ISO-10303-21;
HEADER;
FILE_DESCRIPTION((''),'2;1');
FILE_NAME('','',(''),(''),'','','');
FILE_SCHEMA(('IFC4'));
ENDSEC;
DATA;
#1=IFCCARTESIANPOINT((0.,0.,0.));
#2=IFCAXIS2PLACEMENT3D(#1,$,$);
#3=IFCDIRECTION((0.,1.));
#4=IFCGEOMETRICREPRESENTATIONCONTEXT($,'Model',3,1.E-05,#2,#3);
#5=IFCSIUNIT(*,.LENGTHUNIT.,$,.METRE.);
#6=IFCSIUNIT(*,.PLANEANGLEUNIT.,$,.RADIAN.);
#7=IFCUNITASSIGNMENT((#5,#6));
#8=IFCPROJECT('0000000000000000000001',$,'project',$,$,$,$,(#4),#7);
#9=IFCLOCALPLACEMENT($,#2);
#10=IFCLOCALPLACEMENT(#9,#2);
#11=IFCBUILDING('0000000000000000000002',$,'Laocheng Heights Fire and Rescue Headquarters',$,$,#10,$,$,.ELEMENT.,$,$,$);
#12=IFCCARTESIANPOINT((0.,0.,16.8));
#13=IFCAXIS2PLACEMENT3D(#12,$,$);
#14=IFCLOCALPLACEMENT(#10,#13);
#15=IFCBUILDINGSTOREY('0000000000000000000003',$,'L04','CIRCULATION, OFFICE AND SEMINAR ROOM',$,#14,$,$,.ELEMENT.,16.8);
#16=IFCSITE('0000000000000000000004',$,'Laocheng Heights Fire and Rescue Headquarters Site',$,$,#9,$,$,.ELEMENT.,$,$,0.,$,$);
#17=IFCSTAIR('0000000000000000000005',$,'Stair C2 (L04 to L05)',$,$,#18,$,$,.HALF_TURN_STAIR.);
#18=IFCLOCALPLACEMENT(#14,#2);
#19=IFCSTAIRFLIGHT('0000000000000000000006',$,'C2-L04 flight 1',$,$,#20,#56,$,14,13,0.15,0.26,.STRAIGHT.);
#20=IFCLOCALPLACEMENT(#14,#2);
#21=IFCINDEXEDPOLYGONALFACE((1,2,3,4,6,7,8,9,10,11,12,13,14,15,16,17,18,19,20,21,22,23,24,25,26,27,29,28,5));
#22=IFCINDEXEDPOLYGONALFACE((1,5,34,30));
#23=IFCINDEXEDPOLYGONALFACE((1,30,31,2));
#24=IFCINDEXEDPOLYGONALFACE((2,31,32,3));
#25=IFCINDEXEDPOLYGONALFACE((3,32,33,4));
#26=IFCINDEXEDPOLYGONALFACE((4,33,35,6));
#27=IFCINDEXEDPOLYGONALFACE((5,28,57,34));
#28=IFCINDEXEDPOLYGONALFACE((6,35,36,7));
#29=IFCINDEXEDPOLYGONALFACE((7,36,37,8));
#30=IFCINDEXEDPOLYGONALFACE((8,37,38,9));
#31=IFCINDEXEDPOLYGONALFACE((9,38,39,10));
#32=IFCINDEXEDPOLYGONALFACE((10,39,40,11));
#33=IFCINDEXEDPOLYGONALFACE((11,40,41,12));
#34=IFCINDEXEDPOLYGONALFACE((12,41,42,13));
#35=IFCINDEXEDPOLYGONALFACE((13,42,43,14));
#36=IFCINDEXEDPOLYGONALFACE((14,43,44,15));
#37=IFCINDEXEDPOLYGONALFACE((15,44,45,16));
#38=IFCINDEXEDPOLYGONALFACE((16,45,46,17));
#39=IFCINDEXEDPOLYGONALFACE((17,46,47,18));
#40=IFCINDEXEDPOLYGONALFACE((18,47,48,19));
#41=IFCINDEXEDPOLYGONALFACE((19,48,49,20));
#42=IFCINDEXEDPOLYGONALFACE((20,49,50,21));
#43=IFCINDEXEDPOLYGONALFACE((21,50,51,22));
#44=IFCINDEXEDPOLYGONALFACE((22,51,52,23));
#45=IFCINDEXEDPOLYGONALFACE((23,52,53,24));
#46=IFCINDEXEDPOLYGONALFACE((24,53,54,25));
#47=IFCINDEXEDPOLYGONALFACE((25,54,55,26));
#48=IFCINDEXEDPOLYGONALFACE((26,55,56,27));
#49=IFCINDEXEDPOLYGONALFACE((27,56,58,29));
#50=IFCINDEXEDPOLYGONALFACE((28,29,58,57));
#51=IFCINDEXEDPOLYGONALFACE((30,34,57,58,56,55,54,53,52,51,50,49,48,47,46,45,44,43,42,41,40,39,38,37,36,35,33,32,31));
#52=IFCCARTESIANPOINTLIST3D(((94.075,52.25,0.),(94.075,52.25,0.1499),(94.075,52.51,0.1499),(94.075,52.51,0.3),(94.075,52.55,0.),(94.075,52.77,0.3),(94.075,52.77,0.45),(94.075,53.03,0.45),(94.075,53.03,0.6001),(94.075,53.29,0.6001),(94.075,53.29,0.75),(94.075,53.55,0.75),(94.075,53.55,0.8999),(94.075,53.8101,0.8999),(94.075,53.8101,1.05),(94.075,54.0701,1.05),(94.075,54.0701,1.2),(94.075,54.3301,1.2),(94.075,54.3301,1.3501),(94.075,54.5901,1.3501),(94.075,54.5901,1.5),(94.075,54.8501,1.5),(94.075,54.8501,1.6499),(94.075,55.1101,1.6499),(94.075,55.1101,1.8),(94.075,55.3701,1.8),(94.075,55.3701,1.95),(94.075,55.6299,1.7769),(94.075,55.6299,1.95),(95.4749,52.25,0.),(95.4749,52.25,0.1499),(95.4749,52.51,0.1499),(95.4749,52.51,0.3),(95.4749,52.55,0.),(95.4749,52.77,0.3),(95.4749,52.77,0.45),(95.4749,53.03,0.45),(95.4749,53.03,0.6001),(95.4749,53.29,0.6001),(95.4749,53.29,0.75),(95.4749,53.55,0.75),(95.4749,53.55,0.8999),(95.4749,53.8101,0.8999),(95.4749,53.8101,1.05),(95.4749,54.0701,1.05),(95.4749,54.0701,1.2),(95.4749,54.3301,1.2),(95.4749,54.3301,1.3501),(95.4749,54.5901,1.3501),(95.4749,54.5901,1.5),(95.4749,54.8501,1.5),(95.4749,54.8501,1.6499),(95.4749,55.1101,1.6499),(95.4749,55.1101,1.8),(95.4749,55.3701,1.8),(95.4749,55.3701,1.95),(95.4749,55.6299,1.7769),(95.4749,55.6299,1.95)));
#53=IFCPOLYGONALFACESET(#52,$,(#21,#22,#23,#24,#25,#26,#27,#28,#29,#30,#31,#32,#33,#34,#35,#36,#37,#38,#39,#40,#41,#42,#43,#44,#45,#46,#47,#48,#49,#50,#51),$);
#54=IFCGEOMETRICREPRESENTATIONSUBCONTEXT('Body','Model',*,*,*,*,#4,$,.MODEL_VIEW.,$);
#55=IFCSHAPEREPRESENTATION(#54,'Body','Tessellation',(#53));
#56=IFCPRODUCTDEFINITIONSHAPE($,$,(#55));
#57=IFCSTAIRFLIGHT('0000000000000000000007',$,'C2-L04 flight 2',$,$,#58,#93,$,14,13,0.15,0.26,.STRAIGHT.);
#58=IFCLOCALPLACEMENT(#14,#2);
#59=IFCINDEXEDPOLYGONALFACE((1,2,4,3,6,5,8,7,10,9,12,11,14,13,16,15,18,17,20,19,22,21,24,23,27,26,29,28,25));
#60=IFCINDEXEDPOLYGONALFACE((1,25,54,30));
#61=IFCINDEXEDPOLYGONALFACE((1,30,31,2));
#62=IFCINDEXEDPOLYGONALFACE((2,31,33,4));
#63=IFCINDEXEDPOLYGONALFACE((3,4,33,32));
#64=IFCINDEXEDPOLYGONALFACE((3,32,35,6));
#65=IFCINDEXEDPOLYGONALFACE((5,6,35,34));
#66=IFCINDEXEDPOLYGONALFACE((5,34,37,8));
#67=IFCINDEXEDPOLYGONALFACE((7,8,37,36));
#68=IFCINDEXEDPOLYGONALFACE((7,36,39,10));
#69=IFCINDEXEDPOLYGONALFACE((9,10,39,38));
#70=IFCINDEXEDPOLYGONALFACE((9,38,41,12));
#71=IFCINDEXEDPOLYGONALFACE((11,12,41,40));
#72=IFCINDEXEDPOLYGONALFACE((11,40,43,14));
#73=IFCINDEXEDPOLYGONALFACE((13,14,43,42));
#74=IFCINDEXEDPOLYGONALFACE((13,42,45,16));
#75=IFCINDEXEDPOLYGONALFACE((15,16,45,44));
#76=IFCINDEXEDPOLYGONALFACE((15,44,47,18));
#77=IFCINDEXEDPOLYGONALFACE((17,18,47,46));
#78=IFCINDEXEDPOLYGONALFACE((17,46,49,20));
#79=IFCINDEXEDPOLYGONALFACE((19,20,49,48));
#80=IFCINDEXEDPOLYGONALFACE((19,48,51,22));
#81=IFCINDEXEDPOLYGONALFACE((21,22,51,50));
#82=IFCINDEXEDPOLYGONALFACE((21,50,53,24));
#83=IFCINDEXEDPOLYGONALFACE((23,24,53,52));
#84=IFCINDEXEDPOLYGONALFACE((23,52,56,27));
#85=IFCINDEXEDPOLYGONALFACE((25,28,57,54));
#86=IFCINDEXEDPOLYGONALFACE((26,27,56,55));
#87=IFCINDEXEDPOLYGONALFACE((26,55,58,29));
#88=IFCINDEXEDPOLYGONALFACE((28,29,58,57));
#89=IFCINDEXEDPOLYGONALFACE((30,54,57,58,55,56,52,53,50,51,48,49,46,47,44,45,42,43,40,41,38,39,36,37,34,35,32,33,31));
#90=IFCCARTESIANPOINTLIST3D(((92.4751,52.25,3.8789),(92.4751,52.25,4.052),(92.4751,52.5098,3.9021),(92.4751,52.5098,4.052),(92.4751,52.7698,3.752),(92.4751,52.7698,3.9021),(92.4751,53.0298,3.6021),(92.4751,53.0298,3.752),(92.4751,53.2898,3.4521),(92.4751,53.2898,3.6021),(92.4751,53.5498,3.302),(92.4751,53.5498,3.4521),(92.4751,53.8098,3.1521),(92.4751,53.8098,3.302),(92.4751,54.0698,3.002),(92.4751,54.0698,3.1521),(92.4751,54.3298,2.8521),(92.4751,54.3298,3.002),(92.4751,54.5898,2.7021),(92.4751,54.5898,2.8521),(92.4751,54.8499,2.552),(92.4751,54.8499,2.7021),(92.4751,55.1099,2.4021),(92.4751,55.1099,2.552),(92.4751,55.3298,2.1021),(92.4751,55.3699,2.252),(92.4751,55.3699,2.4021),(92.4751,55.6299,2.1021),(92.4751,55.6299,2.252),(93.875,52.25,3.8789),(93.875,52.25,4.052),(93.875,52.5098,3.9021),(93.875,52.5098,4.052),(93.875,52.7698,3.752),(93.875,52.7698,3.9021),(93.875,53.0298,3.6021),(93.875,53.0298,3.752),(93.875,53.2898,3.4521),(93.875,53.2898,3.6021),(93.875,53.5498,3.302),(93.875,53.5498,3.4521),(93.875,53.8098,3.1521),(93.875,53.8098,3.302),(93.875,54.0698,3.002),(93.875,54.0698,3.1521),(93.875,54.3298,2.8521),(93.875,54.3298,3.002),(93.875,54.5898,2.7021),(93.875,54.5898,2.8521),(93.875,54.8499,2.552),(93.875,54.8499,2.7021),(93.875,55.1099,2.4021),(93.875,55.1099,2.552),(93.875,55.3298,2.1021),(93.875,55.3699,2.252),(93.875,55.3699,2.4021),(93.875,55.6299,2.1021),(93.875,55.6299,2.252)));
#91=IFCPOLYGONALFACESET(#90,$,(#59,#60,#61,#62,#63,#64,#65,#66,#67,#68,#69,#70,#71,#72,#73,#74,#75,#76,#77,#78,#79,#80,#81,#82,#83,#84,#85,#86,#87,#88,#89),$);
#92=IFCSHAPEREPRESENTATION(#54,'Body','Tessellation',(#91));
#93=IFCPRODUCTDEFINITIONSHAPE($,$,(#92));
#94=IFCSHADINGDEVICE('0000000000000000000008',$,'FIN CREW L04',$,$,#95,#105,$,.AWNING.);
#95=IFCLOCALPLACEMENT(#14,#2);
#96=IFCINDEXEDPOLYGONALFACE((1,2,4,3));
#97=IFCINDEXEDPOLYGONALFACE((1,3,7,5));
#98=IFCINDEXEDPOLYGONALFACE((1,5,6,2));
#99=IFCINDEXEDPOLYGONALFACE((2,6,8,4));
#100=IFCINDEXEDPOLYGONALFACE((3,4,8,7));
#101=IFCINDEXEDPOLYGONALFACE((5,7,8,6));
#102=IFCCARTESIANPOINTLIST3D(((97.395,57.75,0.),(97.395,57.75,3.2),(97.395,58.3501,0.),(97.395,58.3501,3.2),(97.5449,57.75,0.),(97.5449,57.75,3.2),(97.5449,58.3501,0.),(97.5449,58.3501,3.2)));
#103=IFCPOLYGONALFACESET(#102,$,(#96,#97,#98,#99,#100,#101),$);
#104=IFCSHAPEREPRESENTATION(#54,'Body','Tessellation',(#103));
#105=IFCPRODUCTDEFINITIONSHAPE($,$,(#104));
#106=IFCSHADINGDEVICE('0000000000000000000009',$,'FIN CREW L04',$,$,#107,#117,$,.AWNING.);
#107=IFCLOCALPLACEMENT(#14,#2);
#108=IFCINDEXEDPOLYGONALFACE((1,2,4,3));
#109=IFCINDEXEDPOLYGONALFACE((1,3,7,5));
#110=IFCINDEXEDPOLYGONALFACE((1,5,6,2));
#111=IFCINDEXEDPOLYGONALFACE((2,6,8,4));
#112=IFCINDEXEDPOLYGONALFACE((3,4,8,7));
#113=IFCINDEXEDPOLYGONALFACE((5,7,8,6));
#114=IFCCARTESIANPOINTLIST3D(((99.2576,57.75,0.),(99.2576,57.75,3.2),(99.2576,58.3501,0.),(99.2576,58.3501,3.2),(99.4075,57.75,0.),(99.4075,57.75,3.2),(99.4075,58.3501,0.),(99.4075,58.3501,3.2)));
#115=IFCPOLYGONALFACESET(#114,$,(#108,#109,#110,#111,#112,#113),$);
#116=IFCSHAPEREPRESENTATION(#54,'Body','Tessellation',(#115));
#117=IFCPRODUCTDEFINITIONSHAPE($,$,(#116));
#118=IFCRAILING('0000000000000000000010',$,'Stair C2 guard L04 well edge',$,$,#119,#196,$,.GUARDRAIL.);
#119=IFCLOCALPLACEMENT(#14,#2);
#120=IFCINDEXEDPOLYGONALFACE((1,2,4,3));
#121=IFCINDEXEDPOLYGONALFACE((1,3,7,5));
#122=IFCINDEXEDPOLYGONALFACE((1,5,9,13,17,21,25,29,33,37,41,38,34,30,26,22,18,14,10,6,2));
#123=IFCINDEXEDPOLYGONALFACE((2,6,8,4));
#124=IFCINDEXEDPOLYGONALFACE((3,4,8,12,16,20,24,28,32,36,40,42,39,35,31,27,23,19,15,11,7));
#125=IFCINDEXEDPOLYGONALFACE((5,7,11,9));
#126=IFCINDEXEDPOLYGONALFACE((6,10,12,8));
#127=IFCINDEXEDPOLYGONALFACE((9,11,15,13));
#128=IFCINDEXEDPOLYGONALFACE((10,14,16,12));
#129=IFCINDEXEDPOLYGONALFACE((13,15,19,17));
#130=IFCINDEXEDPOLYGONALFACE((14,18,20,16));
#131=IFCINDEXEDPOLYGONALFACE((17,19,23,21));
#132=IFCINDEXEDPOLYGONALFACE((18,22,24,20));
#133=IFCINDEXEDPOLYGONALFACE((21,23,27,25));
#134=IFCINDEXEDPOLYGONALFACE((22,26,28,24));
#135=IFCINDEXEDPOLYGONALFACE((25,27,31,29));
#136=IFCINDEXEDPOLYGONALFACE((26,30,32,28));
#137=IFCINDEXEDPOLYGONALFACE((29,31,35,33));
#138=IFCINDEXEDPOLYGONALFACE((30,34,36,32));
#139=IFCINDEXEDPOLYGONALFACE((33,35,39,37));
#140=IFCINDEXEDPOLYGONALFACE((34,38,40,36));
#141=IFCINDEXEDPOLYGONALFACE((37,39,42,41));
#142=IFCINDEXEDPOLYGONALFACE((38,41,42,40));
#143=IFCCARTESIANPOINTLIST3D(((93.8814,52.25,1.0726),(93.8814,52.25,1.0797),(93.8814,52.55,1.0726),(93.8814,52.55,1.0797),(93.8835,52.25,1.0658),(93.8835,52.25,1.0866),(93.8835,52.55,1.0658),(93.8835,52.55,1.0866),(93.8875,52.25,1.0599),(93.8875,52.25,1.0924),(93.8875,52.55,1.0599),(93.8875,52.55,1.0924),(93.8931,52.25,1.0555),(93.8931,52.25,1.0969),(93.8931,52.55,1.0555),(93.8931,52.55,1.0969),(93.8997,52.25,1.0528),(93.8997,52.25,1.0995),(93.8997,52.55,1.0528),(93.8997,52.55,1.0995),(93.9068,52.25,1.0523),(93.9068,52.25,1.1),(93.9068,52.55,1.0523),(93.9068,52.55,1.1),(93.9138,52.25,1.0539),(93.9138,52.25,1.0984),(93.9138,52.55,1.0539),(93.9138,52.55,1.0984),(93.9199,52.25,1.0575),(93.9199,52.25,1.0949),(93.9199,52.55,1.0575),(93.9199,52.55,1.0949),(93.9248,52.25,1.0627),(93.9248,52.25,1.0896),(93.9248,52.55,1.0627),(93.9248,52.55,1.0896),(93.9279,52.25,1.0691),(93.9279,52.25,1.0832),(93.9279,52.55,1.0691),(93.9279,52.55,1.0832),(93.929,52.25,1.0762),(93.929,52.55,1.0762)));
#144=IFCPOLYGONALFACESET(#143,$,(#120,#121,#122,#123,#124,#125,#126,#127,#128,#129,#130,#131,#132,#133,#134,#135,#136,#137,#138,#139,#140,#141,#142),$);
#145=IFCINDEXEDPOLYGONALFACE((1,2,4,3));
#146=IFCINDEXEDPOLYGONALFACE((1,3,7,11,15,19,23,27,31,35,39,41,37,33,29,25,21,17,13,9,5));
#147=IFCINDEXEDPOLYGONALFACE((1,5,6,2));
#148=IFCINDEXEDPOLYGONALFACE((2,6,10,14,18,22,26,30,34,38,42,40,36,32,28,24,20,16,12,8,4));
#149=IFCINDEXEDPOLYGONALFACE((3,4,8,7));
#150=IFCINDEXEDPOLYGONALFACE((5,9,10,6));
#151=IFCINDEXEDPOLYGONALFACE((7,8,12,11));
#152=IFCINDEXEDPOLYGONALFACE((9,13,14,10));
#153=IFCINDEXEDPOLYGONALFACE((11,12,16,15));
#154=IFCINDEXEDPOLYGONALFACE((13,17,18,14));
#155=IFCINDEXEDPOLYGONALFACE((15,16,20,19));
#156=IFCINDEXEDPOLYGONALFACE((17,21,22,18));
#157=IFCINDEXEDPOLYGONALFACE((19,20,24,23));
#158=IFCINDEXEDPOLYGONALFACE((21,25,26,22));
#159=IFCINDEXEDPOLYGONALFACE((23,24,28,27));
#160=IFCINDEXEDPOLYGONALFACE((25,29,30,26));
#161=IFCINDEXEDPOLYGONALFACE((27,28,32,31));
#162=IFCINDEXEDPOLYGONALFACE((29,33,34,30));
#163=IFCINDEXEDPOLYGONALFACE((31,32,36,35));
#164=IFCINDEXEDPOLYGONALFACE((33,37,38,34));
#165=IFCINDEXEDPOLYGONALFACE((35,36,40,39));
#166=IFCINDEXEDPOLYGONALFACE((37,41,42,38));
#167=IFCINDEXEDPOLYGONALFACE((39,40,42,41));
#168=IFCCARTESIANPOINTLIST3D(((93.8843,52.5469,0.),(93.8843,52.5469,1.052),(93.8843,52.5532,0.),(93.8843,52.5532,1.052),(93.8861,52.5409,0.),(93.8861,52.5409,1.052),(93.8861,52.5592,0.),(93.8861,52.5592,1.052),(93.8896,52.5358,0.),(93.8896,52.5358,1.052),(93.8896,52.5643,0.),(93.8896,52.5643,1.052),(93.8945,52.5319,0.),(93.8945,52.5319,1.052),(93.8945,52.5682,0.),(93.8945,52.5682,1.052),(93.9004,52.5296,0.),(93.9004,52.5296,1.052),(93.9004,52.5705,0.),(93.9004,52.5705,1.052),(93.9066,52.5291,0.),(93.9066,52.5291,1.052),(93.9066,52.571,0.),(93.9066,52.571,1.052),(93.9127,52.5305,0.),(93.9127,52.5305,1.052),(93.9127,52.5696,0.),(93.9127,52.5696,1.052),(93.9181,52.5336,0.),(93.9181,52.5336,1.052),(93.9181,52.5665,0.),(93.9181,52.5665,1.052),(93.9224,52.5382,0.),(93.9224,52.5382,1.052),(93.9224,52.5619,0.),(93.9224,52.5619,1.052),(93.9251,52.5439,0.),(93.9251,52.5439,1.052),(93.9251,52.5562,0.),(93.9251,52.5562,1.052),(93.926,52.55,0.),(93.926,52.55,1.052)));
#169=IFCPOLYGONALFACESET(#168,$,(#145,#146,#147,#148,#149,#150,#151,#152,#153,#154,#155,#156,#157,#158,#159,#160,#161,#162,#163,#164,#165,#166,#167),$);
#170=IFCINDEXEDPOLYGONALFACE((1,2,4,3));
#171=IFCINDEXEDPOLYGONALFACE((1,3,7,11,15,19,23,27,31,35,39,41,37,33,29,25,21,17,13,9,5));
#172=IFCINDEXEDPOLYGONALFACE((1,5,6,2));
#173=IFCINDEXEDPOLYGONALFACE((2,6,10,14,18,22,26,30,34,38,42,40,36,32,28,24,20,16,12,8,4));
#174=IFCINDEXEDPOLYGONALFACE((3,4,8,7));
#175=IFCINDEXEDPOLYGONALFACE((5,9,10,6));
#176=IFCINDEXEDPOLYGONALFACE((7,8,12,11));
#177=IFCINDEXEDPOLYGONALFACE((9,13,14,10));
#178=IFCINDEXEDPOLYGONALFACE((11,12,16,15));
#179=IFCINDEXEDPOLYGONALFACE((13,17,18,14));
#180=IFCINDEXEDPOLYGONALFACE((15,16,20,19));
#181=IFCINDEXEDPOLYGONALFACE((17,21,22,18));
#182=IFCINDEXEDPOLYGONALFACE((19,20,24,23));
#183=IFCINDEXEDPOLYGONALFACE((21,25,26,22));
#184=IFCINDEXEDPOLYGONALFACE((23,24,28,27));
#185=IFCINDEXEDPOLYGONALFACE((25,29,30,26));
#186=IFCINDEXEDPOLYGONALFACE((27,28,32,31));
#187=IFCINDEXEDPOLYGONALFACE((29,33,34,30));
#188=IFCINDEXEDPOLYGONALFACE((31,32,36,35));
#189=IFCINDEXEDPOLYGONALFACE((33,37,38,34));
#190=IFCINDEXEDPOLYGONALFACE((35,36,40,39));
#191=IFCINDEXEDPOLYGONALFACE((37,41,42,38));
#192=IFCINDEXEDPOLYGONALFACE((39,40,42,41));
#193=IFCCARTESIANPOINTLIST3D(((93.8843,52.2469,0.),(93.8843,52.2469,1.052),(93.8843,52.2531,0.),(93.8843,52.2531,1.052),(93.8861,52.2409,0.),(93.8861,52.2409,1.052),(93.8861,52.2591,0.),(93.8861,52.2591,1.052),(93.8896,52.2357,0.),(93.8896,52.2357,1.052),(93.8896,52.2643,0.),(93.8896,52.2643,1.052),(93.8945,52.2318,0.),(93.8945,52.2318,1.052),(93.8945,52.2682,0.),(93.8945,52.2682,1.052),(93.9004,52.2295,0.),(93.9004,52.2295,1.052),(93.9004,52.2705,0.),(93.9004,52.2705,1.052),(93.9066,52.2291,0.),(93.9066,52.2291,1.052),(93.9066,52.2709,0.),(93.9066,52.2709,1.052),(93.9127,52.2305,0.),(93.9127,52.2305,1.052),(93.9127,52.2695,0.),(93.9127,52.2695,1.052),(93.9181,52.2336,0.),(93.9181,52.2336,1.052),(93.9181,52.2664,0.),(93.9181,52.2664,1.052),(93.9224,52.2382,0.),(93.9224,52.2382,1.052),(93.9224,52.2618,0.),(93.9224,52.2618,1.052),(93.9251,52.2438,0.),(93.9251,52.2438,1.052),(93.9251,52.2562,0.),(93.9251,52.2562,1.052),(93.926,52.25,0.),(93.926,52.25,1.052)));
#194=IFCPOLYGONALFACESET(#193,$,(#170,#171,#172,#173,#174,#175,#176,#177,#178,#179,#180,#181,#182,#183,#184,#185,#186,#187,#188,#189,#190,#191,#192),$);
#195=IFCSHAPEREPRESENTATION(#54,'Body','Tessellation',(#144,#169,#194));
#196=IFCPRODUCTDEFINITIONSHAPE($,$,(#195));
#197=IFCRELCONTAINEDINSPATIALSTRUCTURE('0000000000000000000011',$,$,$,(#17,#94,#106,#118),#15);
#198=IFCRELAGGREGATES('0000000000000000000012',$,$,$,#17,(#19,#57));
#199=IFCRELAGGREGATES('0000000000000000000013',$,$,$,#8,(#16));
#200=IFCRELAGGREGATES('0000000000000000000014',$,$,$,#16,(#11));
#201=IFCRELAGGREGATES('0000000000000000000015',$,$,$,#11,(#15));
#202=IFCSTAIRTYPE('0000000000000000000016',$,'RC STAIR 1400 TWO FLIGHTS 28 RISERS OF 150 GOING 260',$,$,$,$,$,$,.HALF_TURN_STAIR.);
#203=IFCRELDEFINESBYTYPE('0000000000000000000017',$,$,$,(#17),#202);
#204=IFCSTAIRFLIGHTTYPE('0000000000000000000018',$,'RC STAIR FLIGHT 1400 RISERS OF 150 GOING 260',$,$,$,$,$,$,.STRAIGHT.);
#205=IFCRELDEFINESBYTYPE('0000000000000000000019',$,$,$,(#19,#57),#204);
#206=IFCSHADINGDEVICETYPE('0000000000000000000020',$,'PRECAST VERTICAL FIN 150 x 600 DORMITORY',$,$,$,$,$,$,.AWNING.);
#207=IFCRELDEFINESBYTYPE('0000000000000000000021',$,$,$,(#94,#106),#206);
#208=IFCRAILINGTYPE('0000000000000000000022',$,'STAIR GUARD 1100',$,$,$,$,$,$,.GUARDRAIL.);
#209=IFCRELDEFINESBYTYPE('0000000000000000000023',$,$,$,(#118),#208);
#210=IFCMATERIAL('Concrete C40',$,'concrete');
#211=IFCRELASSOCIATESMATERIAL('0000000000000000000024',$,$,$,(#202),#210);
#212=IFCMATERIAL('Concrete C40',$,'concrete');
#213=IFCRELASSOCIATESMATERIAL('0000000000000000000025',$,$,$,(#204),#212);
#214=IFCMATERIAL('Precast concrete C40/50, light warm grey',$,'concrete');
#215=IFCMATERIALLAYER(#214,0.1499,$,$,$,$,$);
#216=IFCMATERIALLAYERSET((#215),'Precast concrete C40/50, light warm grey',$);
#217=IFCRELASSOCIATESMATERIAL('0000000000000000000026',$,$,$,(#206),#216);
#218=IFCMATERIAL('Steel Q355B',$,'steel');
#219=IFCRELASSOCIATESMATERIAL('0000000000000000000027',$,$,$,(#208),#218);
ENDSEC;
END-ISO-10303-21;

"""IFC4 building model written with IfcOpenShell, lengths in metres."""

from ifc_helpers import new_model, si_unit, direction, frame, origin, origin_2d, place, context, subcontext, project, spatial, polyline, rectangle, circle, outline, extrude, material, layer, layer_set, type_object, element, aggregate, save


model = new_model("IFC4")

# Units and contexts
model_context = context("Model", 3, precision=1e-05, world=origin(), true_north=direction((0.0, 1.0)))
body_context = subcontext(model_context, "Body", "Model", "MODEL_VIEW")
ifc_project = project(units=[si_unit("LENGTHUNIT", "METRE"), si_unit("PLANEANGLEUNIT", "RADIAN")], contexts=[model_context])

# Site, building, storey
site_placement = place(None, origin())
site = spatial("IfcSite", under=ifc_project, at=site_placement, Name="Laocheng Heights Fire and Rescue Headquarters Site", CompositionType="ELEMENT", RefElevation=0.0)
building_placement = place(site_placement, origin())
building = spatial("IfcBuilding", under=site, at=building_placement, Name="Laocheng Heights Fire and Rescue Headquarters", CompositionType="ELEMENT")
storey_placement = place(building_placement, frame((0.0, 0.0, 16.8)))
storey = spatial("IfcBuildingStorey", under=building, at=storey_placement, Name="L04", Description="CIRCULATION, OFFICE AND SEMINAR ROOM", CompositionType="ELEMENT", Elevation=16.8)

# Stair, stair flights
ifc_material_1 = material(Name="Concrete C40", Category="concrete")
stair_type = type_object("IfcStairType", Name="RC STAIR 1400 TWO FLIGHTS 28 RISERS OF 150 GOING 260", PredefinedType="HALF_TURN_STAIR", material=ifc_material_1)
stair_placement = place(storey_placement, origin())
stair = element("IfcStair", 1, at=stair_placement, inside=storey, type_object=stair_type, Name="Stair C2 (L04 to L05)", PredefinedType="HALF_TURN_STAIR")
ifc_material_2 = material(Name="Concrete C40", Category="concrete")
stair_flight_type = type_object("IfcStairFlightType", Name="RC STAIR FLIGHT 1400 RISERS OF 150 GOING 260", PredefinedType="STRAIGHT", material=ifc_material_2)
stair_flight_1_placement = place(storey_placement, frame((94.7749, 52.25, 0.0), z_axis=(0.0, 0.0, 1.0), x_axis=(0.0, 1.0, 0.0)))
stair_flight_1 = element("IfcStairFlight", 2, at=stair_flight_1_placement, type_object=stair_flight_type, Name="C2-L04 flight 1", NumberOfRisers=14, NumberOfTreads=13, PredefinedType="STRAIGHT", RiserHeight=0.15, TreadLength=0.26, context=body_context, shape_type="SweptSolid", body=[
    extrude(outline(polyline([(0.0, 0.0), (0.0, 0.1499), (0.26, 0.1499), (0.26, 0.3), (0.52, 0.3), (0.52, 0.45), (0.78, 0.45), (0.78, 0.6001), (1.04, 0.6001), (1.04, 0.75), (1.3, 0.75), (1.3, 0.8999), (1.5601, 0.8999), (1.5601, 1.05), (1.8201, 1.05), (1.8201, 1.2), (2.0801, 1.2), (2.0801, 1.3501), (2.3401, 1.3501), (2.3401, 1.5), (2.6001, 1.5), (2.6001, 1.6499), (2.8601, 1.6499), (2.8601, 1.8), (3.1201, 1.8), (3.1201, 1.95), (3.3799, 1.95), (3.3799, 2.1001), (3.3799, 1.7769), (0.3, 0.0), (0.0, 0.0)])), frame((0.0, 0.7, 0.0), z_axis=(0.0, -1.0, 0.0), x_axis=(1.0, 0.0, 0.0)), (0.0, 0.0, 1.0), 1.3999),
])
stair_flight_2_placement = place(storey_placement, frame((93.175, 55.6299, 2.1021), z_axis=(0.0, 0.0, 1.0), x_axis=(0.0, -1.0, 0.0)))
stair_flight_2 = element("IfcStairFlight", 3, at=stair_flight_2_placement, type_object=stair_flight_type, Name="C2-L04 flight 2", NumberOfRisers=14, NumberOfTreads=13, PredefinedType="STRAIGHT", RiserHeight=0.15, TreadLength=0.26, context=body_context, shape_type="SweptSolid", body=[
    extrude(outline(polyline([(0.0, 0.0), (0.0, 0.1499), (0.26, 0.1499), (0.26, 0.3), (0.52, 0.3), (0.52, 0.45), (0.78, 0.45), (0.78, 0.6001), (1.04, 0.6001), (1.04, 0.75), (1.3, 0.75), (1.3, 0.8999), (1.5601, 0.8999), (1.5601, 1.05), (1.8201, 1.05), (1.8201, 1.2), (2.0801, 1.2), (2.0801, 1.3501), (2.3401, 1.3501), (2.3401, 1.5), (2.6001, 1.5), (2.6001, 1.6499), (2.8601, 1.6499), (2.8601, 1.8), (3.1201, 1.8), (3.1201, 1.95), (3.3799, 1.95), (3.3799, 2.1001), (3.3799, 1.7769), (0.3, 0.0), (0.0, 0.0)])), frame((0.0, 0.7, 0.0), z_axis=(0.0, -1.0, 0.0), x_axis=(1.0, 0.0, 0.0)), (0.0, 0.0, 1.0), 1.3999),
])
aggregate(stair, [stair_flight_1, stair_flight_2])

# Shading devices
ifc_material_3 = material(Name="Precast concrete C40/50, light warm grey", Category="concrete")
ifc_layer_1 = layer(ifc_material_3, 0.1499)
ifc_layer_set_1 = layer_set([ifc_layer_1], Name="Precast concrete C40/50, light warm grey")
shading_device_type = type_object("IfcShadingDeviceType", Name="PRECAST VERTICAL FIN 150 x 600 DORMITORY", PredefinedType="AWNING", material=ifc_layer_set_1)
for number, where, z_axis, x_axis, name in (
    (4, (97.47, 58.05, 0.0), (0.0, 0.0, 1.0), (1.0, 0.0, 0.0), "FIN CREW L04"),
    (5, (99.3325, 58.05, 0.0), (0.0, 0.0, 1.0), (1.0, 0.0, 0.0), "FIN CREW L04"),
):
    element("IfcShadingDevice", number, at=place(storey_placement, frame(where, z_axis=z_axis, x_axis=x_axis)), inside=storey, type_object=shading_device_type, Name=name, PredefinedType="AWNING", context=body_context, shape_type="SweptSolid", body=[
        extrude(rectangle(XDim=0.1499, YDim=0.6001, at=origin_2d()), origin(), (0.0, 0.0, 1.0), 3.2),
    ])

# Railing
ifc_material_4 = material(Name="Steel Q355B", Category="steel")
railing_type_1 = type_object("IfcRailingType", Name="STAIR GUARD 1100", PredefinedType="GUARDRAIL", material=ifc_material_4)
railing_1_placement = place(storey_placement, frame((93.905, 52.55, 0.0)))
element("IfcRailing", 6, at=railing_1_placement, inside=storey, type_object=railing_type_1, Name="Stair C2 guard L04 well edge", PredefinedType="GUARDRAIL", context=body_context, shape_type="SweptSolid", body=[
    extrude(circle(Radius=0.0239, at=origin_2d()), frame((0.0, 0.0, 1.0762), z_axis=(0.0, -1.0, 0.0), x_axis=(1.0, 0.0, 0.0)), (0.0, 0.0, 1.0), 0.3),
    extrude(circle(Radius=0.021, at=origin_2d()), origin(), (0.0, 0.0, 1.0), 1.052),
    extrude(circle(Radius=0.021, at=origin_2d()), frame((0.0, -0.3, 0.0)), (0.0, 0.0, 1.0), 1.052),
])

save(model, "model.ifc")
